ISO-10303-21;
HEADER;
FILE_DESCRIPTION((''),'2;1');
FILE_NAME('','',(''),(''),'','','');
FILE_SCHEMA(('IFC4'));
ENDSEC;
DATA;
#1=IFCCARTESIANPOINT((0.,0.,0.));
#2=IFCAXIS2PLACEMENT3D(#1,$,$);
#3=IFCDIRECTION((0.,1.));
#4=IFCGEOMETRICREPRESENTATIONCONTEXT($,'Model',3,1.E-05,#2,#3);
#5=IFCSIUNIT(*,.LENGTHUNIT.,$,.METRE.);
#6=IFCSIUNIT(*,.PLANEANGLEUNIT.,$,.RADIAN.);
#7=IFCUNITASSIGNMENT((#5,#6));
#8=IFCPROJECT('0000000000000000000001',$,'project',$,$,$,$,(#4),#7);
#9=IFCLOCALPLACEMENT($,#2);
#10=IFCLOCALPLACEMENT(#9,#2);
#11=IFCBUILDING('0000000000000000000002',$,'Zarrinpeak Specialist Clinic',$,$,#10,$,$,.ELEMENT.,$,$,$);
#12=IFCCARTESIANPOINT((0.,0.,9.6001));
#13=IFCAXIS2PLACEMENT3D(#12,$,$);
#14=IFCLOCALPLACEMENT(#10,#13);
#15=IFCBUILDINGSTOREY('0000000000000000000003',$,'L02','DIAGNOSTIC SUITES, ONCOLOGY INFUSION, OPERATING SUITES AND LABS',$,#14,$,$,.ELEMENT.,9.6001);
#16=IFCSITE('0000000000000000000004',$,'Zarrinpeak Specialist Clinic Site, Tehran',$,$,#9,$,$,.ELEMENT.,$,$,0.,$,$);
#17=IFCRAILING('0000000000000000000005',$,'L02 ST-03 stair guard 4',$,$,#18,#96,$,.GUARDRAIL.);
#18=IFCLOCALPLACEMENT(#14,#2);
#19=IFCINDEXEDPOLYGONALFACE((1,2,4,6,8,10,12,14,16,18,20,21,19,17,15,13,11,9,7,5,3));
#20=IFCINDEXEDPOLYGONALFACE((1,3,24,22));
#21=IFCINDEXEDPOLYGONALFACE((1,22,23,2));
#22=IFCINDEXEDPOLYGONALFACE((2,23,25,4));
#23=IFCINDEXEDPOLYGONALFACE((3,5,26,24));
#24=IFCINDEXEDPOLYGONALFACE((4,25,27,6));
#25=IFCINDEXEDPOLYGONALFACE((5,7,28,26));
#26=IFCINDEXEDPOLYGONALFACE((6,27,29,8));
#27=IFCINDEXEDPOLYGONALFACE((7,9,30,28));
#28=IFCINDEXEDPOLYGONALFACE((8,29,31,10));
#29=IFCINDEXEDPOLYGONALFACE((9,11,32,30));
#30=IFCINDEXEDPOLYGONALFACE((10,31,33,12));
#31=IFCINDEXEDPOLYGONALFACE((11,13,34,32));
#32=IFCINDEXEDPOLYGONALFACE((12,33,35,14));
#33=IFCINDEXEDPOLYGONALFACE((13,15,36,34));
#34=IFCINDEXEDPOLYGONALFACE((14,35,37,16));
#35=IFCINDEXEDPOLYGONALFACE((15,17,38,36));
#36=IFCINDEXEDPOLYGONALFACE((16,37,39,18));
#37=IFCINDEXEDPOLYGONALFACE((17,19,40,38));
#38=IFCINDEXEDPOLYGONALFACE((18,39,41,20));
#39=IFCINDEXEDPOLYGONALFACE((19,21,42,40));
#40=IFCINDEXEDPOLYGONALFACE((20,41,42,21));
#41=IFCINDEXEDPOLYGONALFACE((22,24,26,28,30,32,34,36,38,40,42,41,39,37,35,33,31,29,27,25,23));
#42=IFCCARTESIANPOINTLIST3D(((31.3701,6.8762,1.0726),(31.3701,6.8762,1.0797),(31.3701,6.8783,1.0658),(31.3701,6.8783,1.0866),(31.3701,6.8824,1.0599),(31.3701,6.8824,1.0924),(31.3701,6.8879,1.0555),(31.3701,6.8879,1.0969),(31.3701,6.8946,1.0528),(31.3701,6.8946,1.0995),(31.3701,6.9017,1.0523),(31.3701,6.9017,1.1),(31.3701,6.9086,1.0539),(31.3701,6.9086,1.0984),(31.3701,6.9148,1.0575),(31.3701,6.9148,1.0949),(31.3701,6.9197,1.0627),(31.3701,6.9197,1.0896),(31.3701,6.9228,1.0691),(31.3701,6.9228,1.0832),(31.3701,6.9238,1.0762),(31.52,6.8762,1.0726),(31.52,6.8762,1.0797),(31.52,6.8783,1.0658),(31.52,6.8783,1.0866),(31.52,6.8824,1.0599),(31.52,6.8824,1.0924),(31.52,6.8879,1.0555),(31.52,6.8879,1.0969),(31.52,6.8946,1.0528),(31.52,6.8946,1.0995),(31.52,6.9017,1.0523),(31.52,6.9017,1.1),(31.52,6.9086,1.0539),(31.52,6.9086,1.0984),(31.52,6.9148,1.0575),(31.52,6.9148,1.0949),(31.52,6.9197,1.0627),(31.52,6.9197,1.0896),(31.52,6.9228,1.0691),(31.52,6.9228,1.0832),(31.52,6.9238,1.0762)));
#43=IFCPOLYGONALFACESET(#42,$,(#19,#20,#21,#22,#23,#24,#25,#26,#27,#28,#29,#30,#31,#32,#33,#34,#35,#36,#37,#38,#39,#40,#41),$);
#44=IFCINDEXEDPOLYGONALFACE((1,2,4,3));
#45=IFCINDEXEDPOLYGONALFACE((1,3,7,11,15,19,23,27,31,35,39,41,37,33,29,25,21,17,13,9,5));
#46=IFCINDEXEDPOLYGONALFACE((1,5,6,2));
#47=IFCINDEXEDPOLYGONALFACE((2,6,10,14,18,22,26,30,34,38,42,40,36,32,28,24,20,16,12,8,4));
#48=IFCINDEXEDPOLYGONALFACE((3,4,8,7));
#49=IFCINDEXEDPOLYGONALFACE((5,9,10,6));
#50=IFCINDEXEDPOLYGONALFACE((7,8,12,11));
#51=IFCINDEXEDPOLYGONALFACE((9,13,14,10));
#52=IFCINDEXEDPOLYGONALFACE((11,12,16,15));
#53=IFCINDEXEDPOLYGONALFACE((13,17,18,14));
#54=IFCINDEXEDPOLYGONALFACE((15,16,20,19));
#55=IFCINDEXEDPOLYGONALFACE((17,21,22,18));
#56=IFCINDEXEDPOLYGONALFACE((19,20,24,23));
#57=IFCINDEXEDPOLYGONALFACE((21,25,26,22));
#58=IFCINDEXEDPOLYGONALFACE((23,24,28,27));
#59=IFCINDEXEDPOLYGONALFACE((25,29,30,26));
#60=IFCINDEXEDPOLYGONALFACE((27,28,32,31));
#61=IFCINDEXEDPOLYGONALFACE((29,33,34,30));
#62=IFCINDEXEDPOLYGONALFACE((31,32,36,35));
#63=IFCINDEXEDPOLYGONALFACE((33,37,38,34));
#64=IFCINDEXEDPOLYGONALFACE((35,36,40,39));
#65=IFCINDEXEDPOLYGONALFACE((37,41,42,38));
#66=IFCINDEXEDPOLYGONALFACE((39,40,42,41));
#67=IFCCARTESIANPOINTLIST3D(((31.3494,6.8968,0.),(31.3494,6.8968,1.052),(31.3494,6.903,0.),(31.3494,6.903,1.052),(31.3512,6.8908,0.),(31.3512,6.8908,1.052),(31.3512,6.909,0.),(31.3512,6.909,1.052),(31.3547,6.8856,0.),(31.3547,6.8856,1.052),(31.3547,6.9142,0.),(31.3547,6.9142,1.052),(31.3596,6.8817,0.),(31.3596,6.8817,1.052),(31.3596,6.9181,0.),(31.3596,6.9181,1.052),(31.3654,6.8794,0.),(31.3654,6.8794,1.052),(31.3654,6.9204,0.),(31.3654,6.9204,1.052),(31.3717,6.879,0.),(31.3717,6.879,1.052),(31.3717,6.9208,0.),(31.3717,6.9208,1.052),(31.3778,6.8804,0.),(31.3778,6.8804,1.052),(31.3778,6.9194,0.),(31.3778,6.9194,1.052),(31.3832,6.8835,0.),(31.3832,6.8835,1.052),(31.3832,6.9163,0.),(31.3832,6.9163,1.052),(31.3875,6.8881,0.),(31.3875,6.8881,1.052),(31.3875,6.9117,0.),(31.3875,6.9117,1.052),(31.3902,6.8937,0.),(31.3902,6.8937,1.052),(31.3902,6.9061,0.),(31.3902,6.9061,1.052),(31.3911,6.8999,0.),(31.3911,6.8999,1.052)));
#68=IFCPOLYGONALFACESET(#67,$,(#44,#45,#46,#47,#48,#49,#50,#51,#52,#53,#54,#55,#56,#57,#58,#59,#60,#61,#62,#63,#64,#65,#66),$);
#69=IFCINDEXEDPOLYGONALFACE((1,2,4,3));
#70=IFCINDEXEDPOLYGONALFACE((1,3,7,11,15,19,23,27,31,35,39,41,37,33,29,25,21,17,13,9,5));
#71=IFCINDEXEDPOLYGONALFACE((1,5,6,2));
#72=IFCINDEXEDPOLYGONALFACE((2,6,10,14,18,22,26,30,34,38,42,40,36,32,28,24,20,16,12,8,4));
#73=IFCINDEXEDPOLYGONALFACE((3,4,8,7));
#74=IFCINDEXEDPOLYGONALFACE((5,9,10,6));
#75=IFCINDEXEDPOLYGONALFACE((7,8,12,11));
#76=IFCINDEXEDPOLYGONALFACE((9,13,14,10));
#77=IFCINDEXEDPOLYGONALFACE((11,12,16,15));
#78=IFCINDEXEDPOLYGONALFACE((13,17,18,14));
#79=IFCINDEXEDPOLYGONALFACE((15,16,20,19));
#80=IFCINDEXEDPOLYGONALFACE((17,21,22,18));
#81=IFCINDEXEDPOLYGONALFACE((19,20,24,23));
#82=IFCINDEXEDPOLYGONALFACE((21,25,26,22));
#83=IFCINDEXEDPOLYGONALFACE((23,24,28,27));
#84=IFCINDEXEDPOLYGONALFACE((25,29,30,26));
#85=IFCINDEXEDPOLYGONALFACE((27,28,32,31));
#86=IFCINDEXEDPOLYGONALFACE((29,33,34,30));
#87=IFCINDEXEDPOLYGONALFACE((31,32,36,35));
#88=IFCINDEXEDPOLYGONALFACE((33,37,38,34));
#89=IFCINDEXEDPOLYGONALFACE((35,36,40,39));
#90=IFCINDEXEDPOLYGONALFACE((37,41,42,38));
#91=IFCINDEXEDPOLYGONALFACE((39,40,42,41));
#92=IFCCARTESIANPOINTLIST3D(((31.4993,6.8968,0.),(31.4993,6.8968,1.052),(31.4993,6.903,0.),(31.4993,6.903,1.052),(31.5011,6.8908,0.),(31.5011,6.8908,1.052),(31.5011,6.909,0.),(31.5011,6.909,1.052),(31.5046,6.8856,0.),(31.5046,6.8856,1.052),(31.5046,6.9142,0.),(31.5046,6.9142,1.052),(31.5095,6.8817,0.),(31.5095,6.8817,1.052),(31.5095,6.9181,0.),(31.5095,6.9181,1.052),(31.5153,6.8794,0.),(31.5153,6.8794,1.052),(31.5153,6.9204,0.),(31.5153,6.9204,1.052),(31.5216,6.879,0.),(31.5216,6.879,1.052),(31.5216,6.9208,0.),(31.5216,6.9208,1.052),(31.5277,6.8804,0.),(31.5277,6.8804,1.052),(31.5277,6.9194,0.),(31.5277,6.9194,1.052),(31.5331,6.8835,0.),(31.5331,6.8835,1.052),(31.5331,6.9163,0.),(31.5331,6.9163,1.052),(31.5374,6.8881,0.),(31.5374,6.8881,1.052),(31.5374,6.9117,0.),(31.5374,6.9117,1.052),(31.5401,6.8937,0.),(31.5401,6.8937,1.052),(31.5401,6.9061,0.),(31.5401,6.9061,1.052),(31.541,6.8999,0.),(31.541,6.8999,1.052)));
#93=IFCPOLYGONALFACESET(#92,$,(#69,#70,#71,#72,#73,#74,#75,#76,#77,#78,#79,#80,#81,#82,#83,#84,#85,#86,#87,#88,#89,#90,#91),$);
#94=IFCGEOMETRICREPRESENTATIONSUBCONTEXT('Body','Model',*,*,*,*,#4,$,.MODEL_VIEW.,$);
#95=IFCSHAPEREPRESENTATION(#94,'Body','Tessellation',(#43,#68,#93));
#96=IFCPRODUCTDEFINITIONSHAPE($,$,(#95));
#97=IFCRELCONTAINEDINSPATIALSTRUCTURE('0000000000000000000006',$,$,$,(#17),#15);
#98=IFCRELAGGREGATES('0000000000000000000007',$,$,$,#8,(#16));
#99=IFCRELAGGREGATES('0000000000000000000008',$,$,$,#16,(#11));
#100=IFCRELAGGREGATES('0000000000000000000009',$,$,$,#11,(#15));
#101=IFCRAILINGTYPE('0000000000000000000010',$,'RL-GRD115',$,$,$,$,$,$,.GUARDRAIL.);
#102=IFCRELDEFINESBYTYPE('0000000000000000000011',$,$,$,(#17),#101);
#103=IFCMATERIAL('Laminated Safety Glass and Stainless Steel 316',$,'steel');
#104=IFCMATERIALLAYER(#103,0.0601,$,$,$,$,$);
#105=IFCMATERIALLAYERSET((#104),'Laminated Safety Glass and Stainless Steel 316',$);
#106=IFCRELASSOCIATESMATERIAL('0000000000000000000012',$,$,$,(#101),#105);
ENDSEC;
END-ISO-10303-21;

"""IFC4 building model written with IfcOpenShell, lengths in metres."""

from ifc_helpers import new_model, si_unit, direction, frame, origin, origin_2d, place, context, subcontext, project, spatial, circle, extrude, material, layer, layer_set, type_object, element, save


model = new_model("IFC4")

# Units and contexts
model_context = context("Model", 3, precision=1e-05, world=origin(), true_north=direction((0.0, 1.0)))
body_context = subcontext(model_context, "Body", "Model", "MODEL_VIEW")
ifc_project = project(units=[si_unit("LENGTHUNIT", "METRE"), si_unit("PLANEANGLEUNIT", "RADIAN")], contexts=[model_context])

# Site, building, storey
site_placement = place(None, origin())
site = spatial("IfcSite", under=ifc_project, at=site_placement, Name="Zarrinpeak Specialist Clinic Site, Tehran", CompositionType="ELEMENT", RefElevation=0.0)
building_placement = place(site_placement, origin())
building = spatial("IfcBuilding", under=site, at=building_placement, Name="Zarrinpeak Specialist Clinic", CompositionType="ELEMENT")
storey_placement = place(building_placement, frame((0.0, 0.0, 9.6001)))
storey = spatial("IfcBuildingStorey", under=building, at=storey_placement, Name="L02", Description="DIAGNOSTIC SUITES, ONCOLOGY INFUSION, OPERATING SUITES AND LABS", CompositionType="ELEMENT", Elevation=9.6001)

# Railing
ifc_material_1 = material(Name="Laminated Safety Glass and Stainless Steel 316", Category="steel")
ifc_layer_1 = layer(ifc_material_1, 0.0601)
ifc_layer_set_1 = layer_set([ifc_layer_1], Name="Laminated Safety Glass and Stainless Steel 316")
railing_type_1 = type_object("IfcRailingType", Name="RL-GRD115", PredefinedType="GUARDRAIL", material=ifc_layer_set_1)
railing_1_placement = place(storey_placement, frame((31.3701, 6.8999, 0.0)))
element("IfcRailing", 1, at=railing_1_placement, inside=storey, type_object=railing_type_1, Name="L02 ST-03 stair guard 4", PredefinedType="GUARDRAIL", context=body_context, shape_type="SweptSolid", body=[
    extrude(circle(Radius=0.0239, at=origin_2d()), frame((0.0, 0.0, 1.0762), z_axis=(1.0, 0.0, 0.0), x_axis=(0.0, 1.0, 0.0)), (0.0, 0.0, 1.0), 0.1499),
    extrude(circle(Radius=0.021, at=origin_2d()), origin(), (0.0, 0.0, 1.0), 1.052),
    extrude(circle(Radius=0.021, at=origin_2d()), frame((0.1499, 0.0, 0.0)), (0.0, 0.0, 1.0), 1.052),
])

save(model, "model.ifc")
